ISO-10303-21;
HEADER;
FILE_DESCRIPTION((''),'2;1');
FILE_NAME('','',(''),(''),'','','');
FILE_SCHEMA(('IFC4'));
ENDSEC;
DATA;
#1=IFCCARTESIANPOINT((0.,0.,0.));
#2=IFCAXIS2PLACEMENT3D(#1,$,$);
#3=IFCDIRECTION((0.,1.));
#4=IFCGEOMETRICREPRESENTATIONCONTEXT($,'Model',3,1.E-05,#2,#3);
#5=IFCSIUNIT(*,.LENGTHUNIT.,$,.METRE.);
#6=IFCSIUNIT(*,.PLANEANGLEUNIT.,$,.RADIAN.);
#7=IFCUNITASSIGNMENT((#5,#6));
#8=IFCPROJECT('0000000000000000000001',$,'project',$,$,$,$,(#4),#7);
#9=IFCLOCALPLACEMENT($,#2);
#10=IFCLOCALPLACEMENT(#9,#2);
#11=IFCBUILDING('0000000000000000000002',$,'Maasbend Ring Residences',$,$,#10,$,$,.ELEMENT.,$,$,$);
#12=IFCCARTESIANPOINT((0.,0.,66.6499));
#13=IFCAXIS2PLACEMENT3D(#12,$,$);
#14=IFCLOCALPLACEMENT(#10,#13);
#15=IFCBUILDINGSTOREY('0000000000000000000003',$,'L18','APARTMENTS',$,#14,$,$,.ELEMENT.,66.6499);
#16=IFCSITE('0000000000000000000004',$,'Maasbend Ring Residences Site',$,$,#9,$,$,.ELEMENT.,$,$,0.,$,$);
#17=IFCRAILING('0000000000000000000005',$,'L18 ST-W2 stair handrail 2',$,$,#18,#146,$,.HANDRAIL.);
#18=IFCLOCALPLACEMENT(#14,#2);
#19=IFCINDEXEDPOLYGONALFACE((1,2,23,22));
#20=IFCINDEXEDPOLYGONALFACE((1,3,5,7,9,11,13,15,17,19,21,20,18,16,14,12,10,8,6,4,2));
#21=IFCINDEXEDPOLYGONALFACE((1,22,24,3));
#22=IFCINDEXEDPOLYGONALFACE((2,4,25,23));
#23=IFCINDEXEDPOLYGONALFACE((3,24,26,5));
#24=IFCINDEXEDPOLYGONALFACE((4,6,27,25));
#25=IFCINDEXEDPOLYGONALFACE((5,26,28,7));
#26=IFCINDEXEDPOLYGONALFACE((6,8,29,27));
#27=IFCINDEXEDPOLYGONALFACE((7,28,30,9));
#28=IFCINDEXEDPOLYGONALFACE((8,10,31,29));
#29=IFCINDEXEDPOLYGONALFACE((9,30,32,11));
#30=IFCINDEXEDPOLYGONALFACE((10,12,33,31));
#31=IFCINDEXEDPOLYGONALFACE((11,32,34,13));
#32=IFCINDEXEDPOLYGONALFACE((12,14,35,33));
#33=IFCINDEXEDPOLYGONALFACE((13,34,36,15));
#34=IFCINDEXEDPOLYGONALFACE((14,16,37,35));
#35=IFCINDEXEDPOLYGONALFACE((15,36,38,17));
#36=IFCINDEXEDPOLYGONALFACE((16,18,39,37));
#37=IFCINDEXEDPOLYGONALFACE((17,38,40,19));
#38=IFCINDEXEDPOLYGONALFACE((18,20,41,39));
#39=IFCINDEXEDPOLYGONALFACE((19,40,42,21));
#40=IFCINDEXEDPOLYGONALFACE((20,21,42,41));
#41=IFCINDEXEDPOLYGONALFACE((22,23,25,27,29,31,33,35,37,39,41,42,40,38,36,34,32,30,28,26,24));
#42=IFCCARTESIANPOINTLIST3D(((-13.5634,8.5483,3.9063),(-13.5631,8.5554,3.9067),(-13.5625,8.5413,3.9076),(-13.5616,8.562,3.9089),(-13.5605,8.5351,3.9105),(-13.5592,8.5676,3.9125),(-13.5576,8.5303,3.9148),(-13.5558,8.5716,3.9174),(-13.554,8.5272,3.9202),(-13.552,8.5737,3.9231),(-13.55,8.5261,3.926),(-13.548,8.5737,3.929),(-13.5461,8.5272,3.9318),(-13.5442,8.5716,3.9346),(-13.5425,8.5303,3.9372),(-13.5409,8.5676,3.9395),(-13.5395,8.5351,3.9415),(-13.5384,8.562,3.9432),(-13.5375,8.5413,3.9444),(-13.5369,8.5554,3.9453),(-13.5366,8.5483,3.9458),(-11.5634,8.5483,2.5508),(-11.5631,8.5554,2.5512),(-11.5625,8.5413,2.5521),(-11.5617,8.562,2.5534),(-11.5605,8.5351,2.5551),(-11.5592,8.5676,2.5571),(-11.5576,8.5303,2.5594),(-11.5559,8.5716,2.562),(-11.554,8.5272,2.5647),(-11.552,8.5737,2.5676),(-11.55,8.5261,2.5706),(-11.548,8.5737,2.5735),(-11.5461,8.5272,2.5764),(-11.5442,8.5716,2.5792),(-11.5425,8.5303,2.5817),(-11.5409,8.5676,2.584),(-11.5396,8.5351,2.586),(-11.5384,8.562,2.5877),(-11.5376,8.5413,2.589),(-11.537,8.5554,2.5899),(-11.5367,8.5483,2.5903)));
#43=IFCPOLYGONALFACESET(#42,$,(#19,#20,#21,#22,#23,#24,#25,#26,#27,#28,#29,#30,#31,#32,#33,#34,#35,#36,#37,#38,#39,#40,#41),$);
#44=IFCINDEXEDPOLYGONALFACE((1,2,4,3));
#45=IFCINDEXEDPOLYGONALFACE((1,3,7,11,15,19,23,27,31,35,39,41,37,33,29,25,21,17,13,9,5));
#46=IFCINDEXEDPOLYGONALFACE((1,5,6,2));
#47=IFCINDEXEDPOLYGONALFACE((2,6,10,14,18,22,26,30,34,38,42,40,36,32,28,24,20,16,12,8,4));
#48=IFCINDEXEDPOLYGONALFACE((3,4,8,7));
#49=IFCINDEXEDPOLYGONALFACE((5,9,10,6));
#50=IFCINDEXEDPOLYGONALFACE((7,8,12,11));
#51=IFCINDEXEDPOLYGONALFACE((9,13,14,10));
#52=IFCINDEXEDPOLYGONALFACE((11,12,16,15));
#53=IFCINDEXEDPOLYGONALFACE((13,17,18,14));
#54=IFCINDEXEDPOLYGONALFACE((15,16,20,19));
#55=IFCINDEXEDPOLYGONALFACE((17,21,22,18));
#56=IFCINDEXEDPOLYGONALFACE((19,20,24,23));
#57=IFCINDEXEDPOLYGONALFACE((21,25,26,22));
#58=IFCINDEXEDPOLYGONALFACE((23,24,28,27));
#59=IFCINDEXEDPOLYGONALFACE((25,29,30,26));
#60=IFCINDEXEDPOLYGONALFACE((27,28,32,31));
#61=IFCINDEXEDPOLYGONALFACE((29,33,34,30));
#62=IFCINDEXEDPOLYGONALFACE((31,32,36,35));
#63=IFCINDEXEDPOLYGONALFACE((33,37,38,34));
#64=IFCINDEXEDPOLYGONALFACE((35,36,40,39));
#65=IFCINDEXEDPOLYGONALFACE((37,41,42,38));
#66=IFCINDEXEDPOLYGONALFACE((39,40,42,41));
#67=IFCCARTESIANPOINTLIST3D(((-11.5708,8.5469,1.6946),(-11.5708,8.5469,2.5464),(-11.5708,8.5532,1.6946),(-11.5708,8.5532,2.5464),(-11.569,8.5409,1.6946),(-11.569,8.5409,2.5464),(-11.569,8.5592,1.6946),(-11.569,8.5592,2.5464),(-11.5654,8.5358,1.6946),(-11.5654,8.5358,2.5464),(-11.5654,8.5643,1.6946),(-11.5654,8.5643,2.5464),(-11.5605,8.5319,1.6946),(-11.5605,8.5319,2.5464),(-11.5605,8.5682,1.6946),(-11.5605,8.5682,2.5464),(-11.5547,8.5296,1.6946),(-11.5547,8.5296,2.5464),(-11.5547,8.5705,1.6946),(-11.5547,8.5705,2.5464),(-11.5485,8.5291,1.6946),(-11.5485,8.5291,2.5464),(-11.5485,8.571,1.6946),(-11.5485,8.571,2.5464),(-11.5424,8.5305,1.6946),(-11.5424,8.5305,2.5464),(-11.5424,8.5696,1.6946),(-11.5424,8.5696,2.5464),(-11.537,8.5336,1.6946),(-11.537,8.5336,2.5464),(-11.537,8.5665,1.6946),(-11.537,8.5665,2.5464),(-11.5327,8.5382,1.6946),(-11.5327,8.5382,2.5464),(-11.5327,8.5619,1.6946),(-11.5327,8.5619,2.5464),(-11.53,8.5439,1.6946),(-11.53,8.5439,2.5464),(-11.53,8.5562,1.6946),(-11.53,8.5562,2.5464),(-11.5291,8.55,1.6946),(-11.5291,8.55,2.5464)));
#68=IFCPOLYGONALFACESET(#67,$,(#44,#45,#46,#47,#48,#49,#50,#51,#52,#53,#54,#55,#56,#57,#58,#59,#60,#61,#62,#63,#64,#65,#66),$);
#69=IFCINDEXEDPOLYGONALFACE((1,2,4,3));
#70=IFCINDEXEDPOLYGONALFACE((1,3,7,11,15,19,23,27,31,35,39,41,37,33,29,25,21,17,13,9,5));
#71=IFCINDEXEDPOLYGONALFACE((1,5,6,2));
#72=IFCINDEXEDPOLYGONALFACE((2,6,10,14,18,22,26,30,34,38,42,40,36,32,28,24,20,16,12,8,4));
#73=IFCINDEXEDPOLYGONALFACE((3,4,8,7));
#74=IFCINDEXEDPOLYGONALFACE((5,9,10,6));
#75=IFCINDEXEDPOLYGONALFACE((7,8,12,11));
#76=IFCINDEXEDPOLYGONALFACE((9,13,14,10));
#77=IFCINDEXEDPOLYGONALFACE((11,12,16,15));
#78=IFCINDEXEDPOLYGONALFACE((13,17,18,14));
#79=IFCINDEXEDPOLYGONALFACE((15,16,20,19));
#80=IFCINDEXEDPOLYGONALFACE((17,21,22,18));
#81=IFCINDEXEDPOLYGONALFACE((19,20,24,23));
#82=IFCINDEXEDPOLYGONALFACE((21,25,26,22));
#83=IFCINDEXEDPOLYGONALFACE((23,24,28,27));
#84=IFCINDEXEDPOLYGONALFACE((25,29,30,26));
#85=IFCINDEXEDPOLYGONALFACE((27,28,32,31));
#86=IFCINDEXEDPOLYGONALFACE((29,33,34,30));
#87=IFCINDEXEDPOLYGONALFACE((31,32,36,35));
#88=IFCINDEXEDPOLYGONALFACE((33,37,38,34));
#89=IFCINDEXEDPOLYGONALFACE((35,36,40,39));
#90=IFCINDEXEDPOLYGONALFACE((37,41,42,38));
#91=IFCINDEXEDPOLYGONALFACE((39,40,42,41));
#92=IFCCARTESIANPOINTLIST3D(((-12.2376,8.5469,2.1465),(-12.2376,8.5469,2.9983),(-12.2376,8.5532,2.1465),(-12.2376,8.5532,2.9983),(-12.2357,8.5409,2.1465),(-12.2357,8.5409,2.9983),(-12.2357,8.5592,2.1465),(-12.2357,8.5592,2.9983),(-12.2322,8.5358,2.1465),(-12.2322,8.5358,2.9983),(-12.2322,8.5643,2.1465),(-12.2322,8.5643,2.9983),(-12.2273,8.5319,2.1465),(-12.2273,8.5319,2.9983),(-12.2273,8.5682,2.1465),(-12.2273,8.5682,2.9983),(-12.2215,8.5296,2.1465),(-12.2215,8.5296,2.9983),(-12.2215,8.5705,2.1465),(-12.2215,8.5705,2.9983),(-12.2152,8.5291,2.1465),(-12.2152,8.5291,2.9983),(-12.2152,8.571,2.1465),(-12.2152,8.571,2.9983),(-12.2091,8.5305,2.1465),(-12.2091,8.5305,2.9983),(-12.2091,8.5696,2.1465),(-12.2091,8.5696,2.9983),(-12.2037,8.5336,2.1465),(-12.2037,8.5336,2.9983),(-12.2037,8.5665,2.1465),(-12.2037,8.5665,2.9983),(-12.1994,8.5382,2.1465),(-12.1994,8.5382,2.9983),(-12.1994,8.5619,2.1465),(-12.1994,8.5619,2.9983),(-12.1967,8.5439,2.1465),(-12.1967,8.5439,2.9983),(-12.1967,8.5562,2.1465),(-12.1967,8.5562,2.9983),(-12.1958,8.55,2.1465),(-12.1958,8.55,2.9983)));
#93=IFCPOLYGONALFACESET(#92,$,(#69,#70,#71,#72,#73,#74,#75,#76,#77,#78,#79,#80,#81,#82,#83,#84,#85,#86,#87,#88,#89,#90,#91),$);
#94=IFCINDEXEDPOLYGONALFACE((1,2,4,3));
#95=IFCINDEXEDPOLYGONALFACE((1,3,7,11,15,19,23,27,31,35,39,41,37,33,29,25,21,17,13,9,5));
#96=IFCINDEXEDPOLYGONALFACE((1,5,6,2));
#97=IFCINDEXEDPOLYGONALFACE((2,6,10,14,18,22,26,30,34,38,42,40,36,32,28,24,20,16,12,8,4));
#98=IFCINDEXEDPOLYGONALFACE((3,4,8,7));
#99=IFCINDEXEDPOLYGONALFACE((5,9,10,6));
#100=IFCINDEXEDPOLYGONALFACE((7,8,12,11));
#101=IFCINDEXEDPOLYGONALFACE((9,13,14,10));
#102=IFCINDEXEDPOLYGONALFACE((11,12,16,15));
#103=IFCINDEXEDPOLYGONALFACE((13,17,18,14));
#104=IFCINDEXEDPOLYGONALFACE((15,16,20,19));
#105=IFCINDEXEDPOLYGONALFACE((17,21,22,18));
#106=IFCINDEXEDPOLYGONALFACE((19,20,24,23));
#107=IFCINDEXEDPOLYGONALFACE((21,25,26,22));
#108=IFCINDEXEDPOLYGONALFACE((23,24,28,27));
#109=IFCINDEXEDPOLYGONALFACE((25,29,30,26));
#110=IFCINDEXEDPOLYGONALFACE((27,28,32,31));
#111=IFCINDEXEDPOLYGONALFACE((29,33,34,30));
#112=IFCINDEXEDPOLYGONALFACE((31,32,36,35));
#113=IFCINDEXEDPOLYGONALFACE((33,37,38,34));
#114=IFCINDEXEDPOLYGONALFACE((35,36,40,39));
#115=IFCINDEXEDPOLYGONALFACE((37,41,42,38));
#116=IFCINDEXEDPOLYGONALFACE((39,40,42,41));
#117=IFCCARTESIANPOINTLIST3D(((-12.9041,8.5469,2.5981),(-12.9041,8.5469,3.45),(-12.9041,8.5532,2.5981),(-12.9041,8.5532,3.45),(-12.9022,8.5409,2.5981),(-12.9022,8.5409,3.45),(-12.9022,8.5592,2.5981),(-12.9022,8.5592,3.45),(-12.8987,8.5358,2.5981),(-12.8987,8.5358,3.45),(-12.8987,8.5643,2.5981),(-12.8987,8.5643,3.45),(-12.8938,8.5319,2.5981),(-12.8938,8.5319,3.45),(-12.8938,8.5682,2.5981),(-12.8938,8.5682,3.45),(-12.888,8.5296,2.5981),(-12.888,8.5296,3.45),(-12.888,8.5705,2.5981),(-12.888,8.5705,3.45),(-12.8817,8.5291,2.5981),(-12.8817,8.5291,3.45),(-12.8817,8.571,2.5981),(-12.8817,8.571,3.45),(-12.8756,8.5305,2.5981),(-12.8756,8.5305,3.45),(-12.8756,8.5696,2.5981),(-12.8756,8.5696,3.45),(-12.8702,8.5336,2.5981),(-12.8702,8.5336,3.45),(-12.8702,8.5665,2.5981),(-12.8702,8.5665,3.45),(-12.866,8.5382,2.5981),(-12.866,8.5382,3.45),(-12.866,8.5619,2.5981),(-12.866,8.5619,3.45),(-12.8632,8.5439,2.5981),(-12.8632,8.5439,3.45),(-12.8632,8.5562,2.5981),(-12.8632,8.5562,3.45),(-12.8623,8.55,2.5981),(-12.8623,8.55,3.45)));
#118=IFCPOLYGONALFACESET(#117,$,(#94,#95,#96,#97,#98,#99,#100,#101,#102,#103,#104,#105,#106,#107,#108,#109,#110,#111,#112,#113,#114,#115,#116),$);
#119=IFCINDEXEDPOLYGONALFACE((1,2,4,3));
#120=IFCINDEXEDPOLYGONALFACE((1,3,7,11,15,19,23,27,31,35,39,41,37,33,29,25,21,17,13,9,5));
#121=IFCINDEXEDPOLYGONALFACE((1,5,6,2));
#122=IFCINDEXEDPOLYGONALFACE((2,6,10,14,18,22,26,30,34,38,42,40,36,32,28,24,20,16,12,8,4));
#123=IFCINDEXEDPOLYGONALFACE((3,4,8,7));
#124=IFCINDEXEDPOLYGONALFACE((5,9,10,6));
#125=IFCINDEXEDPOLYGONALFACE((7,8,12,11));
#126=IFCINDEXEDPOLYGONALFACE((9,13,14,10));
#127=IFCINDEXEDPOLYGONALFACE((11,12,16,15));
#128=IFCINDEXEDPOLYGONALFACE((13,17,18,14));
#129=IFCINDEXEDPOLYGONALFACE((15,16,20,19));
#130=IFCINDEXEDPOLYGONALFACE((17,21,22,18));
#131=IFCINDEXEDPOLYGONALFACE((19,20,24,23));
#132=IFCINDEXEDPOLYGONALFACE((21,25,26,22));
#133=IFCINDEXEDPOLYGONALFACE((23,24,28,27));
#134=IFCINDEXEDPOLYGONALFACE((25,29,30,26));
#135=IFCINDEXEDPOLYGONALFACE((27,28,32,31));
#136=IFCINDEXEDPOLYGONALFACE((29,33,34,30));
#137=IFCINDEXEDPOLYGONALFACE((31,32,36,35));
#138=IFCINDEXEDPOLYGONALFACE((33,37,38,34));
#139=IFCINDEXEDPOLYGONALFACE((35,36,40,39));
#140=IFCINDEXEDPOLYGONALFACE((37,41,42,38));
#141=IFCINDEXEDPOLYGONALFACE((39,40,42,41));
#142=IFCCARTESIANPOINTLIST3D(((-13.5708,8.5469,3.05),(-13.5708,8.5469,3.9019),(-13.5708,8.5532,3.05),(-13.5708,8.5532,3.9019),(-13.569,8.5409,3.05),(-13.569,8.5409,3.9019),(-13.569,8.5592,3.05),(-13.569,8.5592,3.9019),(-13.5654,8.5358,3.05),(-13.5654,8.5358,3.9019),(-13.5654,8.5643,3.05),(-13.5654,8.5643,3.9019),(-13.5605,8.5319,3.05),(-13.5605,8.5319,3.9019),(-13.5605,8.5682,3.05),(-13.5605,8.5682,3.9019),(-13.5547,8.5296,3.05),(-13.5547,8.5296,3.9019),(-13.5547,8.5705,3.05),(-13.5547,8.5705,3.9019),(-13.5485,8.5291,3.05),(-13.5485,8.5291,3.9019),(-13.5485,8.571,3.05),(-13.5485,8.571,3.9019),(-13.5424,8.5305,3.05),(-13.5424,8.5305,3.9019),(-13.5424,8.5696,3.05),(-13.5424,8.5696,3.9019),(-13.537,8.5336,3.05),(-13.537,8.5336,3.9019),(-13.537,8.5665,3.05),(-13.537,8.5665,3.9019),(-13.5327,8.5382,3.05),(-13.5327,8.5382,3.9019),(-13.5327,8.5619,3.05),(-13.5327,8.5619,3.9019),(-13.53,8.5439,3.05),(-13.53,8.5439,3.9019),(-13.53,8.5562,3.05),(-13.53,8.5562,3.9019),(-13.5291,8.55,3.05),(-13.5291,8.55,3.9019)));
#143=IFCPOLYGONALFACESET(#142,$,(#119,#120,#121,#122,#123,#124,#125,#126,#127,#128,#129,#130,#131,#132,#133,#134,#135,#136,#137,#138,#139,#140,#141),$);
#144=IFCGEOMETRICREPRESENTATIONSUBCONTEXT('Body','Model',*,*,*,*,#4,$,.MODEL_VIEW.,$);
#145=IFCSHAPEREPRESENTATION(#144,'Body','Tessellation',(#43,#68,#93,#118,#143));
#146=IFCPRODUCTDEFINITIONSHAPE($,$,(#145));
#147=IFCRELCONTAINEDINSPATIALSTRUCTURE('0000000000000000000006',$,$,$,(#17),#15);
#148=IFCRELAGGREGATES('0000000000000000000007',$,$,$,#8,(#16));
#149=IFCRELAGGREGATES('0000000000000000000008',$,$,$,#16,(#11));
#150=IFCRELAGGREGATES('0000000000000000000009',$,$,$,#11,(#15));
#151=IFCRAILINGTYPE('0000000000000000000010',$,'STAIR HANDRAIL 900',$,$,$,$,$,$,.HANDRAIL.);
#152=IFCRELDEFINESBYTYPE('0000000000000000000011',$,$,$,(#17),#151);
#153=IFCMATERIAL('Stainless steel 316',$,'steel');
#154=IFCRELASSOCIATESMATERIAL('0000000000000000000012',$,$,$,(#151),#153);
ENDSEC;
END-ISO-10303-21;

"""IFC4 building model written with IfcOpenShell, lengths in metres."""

from ifc_helpers import new_model, si_unit, direction, frame, origin, origin_2d, place, context, subcontext, project, spatial, circle, extrude, material, type_object, element, save


model = new_model("IFC4")

# Units and contexts
model_context = context("Model", 3, precision=1e-05, world=origin(), true_north=direction((0.0, 1.0)))
body_context = subcontext(model_context, "Body", "Model", "MODEL_VIEW")
ifc_project = project(units=[si_unit("LENGTHUNIT", "METRE"), si_unit("PLANEANGLEUNIT", "RADIAN")], contexts=[model_context])

# Site, building, storey
site_placement = place(None, origin())
site = spatial("IfcSite", under=ifc_project, at=site_placement, Name="Maasbend Ring Residences Site", CompositionType="ELEMENT", RefElevation=0.0)
building_placement = place(site_placement, origin())
building = spatial("IfcBuilding", under=site, at=building_placement, Name="Maasbend Ring Residences", CompositionType="ELEMENT")
storey_placement = place(building_placement, frame((0.0, 0.0, 66.6499)))
storey = spatial("IfcBuildingStorey", under=building, at=storey_placement, Name="L18", Description="APARTMENTS", CompositionType="ELEMENT", Elevation=66.6499)

# Railing
ifc_material_1 = material(Name="Stainless steel 316", Category="steel")
railing_type_1 = type_object("IfcRailingType", Name="STAIR HANDRAIL 900", PredefinedType="HANDRAIL", material=ifc_material_1)
railing_1_placement = place(storey_placement, frame((-11.55, 8.55, 1.6946)))
element("IfcRailing", 1, at=railing_1_placement, inside=storey, type_object=railing_type_1, Name="L18 ST-W2 stair handrail 2", PredefinedType="HANDRAIL", context=body_context, shape_type="SweptSolid", body=[
    extrude(circle(Radius=0.0239, at=origin_2d()), frame((0.0, 0.0, 0.876), z_axis=(-0.827798, 0.0, 0.561027), x_axis=(0.0, -1.0, 0.0)), (0.0, 0.0, 1.0), 2.416),
    extrude(circle(Radius=0.021, at=origin_2d()), origin(), (0.0, 0.0, 1.0), 0.8518),
    extrude(circle(Radius=0.021, at=origin_2d()), frame((-0.6667, 0.0, 0.4519)), (0.0, 0.0, 1.0), 0.8518),
    extrude(circle(Radius=0.021, at=origin_2d()), frame((-1.3333, 0.0, 0.9036)), (0.0, 0.0, 1.0), 0.8518),
    extrude(circle(Radius=0.021, at=origin_2d()), frame((-2.0, 0.0, 1.3555)), (0.0, 0.0, 1.0), 0.8518),
])

save(model, "model.ifc")
